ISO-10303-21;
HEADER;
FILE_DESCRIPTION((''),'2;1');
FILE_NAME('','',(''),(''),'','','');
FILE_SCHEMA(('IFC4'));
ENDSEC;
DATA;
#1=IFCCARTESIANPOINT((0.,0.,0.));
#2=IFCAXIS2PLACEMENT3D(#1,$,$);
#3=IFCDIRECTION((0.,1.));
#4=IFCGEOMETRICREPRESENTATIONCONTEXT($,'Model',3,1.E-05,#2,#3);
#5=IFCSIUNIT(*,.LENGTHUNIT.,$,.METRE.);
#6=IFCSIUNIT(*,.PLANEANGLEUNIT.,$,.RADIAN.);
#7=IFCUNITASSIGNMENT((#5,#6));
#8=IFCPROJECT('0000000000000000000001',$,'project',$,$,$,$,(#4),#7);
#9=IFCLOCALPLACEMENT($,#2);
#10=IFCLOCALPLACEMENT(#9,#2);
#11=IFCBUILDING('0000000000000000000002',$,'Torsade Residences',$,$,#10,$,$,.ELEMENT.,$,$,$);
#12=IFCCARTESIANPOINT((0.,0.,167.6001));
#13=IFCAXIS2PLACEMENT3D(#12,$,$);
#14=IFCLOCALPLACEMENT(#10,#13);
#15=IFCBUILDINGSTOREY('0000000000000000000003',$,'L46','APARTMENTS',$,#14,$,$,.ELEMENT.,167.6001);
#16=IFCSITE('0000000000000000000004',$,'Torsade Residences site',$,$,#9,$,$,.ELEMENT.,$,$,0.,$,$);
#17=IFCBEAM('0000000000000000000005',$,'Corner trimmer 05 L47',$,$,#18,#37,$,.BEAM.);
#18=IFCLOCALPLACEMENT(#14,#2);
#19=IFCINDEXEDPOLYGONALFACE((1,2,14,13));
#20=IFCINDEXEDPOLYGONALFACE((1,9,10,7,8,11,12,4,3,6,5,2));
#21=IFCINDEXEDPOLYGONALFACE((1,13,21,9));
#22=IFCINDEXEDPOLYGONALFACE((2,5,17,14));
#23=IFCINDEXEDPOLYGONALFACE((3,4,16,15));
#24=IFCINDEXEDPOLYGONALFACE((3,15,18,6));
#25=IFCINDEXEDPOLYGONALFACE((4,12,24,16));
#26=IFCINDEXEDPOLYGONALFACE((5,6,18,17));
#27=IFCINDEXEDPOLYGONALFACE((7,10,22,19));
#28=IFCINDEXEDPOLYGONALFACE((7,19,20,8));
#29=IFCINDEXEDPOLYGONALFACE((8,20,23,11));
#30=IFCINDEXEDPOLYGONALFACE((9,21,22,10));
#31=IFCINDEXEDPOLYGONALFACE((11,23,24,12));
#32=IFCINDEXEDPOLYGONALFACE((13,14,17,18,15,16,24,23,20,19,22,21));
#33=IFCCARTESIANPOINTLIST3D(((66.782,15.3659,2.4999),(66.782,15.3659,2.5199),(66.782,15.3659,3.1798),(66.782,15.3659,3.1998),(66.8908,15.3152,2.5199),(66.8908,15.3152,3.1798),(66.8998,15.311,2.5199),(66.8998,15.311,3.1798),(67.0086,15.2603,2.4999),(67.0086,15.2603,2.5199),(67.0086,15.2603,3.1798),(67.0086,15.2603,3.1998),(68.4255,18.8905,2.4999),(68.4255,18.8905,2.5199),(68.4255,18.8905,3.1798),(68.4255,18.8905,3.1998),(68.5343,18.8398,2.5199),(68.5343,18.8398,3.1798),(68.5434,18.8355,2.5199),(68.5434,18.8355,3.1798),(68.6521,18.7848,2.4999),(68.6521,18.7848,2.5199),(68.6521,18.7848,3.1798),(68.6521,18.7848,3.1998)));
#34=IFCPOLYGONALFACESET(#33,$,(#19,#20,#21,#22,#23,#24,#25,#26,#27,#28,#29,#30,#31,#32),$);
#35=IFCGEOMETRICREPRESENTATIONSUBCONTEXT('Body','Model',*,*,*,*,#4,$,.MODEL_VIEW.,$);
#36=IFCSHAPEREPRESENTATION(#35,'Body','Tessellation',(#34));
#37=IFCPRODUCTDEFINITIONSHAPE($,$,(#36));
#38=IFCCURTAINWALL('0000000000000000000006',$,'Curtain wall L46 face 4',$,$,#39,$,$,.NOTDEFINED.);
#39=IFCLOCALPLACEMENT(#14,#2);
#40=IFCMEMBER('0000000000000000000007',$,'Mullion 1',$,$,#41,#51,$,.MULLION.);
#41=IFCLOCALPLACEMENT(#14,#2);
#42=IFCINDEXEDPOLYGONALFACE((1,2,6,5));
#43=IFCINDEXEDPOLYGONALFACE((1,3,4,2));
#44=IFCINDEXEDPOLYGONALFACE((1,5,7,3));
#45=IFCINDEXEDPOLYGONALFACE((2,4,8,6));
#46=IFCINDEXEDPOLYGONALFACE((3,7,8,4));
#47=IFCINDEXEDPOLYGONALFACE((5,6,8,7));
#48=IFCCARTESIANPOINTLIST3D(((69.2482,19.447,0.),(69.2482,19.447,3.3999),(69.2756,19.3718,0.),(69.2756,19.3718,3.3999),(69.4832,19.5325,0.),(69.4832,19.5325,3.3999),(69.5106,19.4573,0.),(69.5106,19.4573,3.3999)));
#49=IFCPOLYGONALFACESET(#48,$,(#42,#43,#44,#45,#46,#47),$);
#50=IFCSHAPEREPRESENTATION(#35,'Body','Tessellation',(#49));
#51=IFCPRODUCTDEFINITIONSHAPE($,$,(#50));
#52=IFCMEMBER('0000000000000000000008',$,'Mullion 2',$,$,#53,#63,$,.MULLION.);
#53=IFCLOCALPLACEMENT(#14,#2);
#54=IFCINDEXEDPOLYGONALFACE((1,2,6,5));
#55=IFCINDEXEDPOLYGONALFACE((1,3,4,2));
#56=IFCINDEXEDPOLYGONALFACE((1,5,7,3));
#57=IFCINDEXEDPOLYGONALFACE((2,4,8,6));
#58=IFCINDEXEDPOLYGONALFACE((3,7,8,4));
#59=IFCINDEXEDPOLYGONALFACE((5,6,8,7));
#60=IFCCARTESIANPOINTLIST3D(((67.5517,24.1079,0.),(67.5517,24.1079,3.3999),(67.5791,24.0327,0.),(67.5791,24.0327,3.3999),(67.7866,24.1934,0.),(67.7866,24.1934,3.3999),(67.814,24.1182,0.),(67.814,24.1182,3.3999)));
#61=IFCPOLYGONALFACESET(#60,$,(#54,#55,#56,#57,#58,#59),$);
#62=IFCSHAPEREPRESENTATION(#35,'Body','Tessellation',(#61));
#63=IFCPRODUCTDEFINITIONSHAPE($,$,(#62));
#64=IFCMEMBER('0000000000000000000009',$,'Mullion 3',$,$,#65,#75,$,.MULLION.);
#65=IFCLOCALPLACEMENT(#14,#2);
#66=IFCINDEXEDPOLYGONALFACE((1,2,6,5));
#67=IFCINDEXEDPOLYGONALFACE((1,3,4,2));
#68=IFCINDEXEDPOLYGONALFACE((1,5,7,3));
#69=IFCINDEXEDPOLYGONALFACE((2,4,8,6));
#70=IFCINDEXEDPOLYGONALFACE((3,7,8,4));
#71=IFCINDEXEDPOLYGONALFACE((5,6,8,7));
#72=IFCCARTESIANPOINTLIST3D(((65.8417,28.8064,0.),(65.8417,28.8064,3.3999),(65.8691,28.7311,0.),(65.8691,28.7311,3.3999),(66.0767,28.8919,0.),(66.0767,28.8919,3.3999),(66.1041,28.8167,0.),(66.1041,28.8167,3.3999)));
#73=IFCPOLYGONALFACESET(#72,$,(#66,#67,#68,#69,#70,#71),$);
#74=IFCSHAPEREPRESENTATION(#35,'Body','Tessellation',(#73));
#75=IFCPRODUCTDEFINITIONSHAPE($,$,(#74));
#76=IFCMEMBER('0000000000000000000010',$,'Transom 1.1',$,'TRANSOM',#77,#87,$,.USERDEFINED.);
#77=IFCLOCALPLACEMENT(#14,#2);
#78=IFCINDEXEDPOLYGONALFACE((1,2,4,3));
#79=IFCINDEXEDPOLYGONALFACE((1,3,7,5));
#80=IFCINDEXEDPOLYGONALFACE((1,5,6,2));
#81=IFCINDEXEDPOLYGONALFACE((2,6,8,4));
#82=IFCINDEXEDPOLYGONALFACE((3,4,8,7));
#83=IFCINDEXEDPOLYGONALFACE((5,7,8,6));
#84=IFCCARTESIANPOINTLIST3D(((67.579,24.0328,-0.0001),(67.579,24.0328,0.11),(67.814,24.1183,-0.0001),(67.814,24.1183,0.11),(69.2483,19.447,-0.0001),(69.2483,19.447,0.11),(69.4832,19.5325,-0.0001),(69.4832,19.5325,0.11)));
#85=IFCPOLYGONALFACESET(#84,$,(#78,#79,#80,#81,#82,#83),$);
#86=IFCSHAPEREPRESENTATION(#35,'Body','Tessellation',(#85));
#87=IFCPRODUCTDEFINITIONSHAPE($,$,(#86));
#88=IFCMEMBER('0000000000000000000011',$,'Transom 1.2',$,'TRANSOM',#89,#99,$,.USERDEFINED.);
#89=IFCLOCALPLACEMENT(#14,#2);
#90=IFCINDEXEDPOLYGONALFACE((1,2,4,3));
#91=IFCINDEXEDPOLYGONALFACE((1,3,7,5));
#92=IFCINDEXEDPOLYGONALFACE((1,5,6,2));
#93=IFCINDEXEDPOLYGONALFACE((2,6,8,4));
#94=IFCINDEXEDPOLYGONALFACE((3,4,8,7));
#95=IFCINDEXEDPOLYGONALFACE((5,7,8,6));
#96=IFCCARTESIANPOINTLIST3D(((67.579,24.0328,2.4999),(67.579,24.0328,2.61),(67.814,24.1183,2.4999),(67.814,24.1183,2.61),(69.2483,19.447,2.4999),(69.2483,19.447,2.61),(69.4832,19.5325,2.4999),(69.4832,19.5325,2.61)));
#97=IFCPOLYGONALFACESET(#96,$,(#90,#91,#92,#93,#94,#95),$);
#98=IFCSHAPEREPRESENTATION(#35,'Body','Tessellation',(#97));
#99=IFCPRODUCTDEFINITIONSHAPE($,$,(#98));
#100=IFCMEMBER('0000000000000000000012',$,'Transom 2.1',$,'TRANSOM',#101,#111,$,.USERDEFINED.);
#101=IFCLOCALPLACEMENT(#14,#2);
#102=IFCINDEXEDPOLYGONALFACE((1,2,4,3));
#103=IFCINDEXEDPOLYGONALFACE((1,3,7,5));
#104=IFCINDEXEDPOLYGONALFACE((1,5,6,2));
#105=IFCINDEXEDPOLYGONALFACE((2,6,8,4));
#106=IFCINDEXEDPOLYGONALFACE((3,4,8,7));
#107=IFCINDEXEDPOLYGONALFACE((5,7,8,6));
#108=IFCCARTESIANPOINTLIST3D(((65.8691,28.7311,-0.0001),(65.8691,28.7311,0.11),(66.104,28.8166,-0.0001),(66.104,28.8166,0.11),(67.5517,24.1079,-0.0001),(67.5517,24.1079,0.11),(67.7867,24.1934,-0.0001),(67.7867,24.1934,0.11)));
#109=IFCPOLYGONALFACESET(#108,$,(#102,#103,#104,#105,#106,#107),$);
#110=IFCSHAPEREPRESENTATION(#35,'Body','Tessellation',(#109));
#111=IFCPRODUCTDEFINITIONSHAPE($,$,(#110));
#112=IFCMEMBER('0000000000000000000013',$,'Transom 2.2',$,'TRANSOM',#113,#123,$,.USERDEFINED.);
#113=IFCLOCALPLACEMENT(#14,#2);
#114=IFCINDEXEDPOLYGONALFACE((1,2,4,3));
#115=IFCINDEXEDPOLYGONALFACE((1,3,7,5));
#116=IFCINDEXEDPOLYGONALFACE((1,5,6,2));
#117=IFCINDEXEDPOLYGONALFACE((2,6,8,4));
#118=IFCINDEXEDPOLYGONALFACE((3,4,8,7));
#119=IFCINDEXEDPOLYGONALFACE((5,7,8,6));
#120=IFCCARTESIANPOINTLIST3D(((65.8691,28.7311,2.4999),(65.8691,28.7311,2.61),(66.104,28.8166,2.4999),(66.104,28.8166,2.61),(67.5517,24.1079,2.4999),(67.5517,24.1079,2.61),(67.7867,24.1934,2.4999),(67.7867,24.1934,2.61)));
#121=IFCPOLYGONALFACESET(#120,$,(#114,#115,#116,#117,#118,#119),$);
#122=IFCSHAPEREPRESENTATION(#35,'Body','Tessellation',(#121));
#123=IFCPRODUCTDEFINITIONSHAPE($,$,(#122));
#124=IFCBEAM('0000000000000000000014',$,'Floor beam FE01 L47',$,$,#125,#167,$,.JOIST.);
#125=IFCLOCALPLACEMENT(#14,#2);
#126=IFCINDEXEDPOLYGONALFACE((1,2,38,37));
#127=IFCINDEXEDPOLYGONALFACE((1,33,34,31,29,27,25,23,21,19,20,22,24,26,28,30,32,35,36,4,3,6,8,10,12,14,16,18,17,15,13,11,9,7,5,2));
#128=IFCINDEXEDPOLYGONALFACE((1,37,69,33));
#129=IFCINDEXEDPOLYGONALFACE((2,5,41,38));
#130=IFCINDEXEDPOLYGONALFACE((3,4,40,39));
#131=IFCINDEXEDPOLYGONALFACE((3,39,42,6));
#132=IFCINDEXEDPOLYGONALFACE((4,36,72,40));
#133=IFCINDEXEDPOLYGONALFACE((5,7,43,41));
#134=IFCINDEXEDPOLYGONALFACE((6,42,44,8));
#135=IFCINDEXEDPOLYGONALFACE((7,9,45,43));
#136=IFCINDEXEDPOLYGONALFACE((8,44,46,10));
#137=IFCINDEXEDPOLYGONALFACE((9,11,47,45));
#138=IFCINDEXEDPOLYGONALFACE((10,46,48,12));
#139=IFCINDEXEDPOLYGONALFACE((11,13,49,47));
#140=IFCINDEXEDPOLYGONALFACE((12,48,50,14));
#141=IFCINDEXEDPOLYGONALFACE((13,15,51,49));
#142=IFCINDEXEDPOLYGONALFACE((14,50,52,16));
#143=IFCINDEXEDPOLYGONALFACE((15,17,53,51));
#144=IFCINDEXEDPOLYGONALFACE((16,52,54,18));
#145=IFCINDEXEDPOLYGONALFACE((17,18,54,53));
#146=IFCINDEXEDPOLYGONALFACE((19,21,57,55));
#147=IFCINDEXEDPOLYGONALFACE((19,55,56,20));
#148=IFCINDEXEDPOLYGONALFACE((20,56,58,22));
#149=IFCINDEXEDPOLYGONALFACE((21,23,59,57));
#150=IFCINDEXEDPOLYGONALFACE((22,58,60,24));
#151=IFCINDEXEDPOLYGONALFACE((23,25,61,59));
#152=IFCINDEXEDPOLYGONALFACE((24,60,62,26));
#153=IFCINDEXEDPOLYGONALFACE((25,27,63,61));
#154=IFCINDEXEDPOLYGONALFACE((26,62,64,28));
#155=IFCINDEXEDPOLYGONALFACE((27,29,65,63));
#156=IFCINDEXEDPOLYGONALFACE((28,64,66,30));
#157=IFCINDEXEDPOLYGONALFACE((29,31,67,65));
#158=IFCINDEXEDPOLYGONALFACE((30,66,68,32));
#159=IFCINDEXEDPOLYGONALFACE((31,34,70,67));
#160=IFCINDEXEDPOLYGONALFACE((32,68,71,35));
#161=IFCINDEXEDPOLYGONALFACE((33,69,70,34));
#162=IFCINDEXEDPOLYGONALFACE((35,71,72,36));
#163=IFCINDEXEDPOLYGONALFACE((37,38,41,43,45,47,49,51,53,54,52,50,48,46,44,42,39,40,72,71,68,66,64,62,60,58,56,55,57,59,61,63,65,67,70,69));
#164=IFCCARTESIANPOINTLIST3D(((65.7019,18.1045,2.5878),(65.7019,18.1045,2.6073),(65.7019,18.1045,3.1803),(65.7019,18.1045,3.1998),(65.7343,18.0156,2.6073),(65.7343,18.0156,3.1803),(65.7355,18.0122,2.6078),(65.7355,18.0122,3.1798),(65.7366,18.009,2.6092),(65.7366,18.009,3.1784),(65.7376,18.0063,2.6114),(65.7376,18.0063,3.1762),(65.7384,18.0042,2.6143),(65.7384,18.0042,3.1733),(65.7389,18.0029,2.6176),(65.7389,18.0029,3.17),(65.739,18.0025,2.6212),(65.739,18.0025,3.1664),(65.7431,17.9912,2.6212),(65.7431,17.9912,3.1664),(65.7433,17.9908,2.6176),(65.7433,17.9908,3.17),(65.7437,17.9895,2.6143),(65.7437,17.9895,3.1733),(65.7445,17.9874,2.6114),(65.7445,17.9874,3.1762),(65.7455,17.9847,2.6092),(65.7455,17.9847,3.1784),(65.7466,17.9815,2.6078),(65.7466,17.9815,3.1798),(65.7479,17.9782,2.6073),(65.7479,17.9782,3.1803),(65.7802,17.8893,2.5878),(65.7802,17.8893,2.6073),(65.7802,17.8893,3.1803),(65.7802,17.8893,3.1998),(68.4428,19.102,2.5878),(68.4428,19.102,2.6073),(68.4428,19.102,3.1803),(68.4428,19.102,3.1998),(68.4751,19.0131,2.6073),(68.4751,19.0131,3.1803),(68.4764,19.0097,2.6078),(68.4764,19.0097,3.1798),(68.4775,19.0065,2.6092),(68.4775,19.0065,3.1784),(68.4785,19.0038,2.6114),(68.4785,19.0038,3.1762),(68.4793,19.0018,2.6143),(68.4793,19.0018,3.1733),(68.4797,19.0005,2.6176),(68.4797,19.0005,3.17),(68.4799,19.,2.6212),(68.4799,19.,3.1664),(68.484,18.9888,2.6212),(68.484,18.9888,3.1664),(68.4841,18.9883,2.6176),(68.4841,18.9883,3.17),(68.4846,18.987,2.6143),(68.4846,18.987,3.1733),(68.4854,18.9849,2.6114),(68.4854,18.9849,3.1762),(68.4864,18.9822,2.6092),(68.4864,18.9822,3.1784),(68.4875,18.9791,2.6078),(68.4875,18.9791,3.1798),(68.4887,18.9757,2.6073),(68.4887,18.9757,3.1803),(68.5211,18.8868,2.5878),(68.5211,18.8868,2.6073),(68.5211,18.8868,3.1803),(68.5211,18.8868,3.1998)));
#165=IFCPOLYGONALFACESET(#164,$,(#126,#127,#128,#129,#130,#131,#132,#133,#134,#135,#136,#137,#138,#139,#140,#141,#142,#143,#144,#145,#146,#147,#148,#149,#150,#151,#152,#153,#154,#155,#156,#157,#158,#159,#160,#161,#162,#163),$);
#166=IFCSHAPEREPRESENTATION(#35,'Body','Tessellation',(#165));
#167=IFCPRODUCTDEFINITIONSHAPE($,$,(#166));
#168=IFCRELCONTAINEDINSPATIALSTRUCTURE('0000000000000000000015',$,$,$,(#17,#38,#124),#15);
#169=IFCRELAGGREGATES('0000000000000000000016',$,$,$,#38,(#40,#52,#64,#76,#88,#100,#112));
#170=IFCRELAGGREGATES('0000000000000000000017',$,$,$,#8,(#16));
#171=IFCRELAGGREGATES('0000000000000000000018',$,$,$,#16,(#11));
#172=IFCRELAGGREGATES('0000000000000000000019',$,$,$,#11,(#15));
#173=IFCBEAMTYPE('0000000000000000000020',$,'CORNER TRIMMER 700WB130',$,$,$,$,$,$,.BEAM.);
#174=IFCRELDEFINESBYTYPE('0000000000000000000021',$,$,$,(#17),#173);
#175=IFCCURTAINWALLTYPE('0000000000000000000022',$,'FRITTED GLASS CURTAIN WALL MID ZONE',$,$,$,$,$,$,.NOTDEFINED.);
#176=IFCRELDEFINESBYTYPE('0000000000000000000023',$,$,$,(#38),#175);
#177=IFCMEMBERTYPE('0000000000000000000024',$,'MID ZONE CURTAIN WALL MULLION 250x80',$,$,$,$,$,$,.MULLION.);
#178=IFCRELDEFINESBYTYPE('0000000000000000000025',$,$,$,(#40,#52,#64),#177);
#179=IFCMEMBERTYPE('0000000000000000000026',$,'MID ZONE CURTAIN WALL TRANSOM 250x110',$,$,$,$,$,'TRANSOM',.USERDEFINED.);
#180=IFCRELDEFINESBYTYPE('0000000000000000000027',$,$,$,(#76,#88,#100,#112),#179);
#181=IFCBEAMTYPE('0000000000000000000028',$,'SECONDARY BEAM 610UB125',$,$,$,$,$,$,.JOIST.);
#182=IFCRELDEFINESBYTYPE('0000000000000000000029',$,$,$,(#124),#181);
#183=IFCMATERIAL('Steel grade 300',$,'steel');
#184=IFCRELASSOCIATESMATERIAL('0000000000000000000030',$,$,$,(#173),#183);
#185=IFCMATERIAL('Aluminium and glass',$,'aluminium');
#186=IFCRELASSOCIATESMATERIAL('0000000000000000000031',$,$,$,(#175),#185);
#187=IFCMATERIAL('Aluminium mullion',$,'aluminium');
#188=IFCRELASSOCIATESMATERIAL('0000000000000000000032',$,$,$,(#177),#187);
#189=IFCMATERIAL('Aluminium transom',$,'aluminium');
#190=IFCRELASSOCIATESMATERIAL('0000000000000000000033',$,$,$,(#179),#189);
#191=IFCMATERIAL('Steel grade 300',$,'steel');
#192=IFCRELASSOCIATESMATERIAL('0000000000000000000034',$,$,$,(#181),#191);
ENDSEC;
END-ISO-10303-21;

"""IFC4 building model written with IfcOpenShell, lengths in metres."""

from ifc_helpers import new_model, si_unit, direction, frame, origin, origin_2d, place, context, subcontext, project, spatial, rectangle, i_section, extrude, material, material_profile, profile_set, type_object, element, aggregate, save


model = new_model("IFC4")

# Units and contexts
model_context = context("Model", 3, precision=1e-05, world=origin(), true_north=direction((0.0, 1.0)))
body_context = subcontext(model_context, "Body", "Model", "MODEL_VIEW")
ifc_project = project(units=[si_unit("LENGTHUNIT", "METRE"), si_unit("PLANEANGLEUNIT", "RADIAN")], contexts=[model_context])

# Site, building, storey
site_placement = place(None, origin())
site = spatial("IfcSite", under=ifc_project, at=site_placement, Name="Torsade Residences site", CompositionType="ELEMENT", RefElevation=0.0)
building_placement = place(site_placement, origin())
building = spatial("IfcBuilding", under=site, at=building_placement, Name="Torsade Residences", CompositionType="ELEMENT")
storey_placement = place(building_placement, frame((0.0, 0.0, 167.6001)))
storey = spatial("IfcBuildingStorey", under=building, at=storey_placement, Name="L46", Description="APARTMENTS", CompositionType="ELEMENT", Elevation=167.6001)

# Beam
ifc_material_1 = material(Name="Steel grade 300", Category="steel")
ifc_material_profile_1 = material_profile(ifc_material_1, i_section(OverallWidth=0.25, OverallDepth=0.7, WebThickness=0.01, FlangeThickness=0.02, at=origin_2d()), Name="700WB130")
ifc_profile_set_1 = profile_set([ifc_material_profile_1], Name="Steel grade 300")
beam_type_1 = type_object("IfcBeamType", Name="CORNER TRIMMER 700WB130", PredefinedType="BEAM", material=ifc_profile_set_1)
beam_1_placement = place(storey_placement, frame((68.5388, 18.8376, 2.8499), z_axis=(-0.422614, -0.90631, 0.0), x_axis=(0.90631, -0.422614, 0.0)))
element("IfcBeam", 1, at=beam_1_placement, inside=storey, type_object=beam_type_1, Name="Corner trimmer 05 L47", PredefinedType="BEAM", context=body_context, shape_type="SweptSolid", body=[
    extrude(i_section(OverallWidth=0.25, OverallDepth=0.7, WebThickness=0.01, FlangeThickness=0.02, at=origin_2d()), origin(), (0.0, 0.0, 1.0), 3.8889),
])

# Curtain wall, members
ifc_material_2 = material(Name="Aluminium and glass", Category="aluminium")
curtain_wall_type = type_object("IfcCurtainWallType", Name="FRITTED GLASS CURTAIN WALL MID ZONE", PredefinedType="NOTDEFINED", material=ifc_material_2)
curtain_wall_placement = place(storey_placement, origin())
curtain_wall = element("IfcCurtainWall", 2, at=curtain_wall_placement, inside=storey, type_object=curtain_wall_type, Name="Curtain wall L46 face 4", PredefinedType="NOTDEFINED")
ifc_material_3 = material(Name="Aluminium mullion", Category="aluminium")
ifc_material_profile_2 = material_profile(ifc_material_3, rectangle(XDim=0.25, YDim=0.0801, at=origin_2d()), Name="MID ZONE CURTAIN WALL MULLION 250x80")
ifc_profile_set_2 = profile_set([ifc_material_profile_2], Name="Aluminium mullion")
member_type_1 = type_object("IfcMemberType", Name="MID ZONE CURTAIN WALL MULLION 250x80", PredefinedType="MULLION", material=ifc_profile_set_2)
member_1_placement = place(storey_placement, frame((69.3794, 19.4521, 0.0), z_axis=(0.0, 0.0, 1.0), x_axis=(-0.939693, -0.34202, 0.0)))
member_1 = element("IfcMember", 3, at=member_1_placement, type_object=member_type_1, Name="Mullion 1", PredefinedType="MULLION", context=body_context, shape_type="SweptSolid", body=[
    extrude(rectangle(XDim=0.25, YDim=0.0801, at=origin_2d()), origin(), (0.0, 0.0, 1.0), 3.3999),
])
member_2_placement = place(storey_placement, frame((67.6829, 24.113, 0.0), z_axis=(0.0, 0.0, 1.0), x_axis=(-0.939693, -0.34202, 0.0)))
member_2 = element("IfcMember", 4, at=member_2_placement, type_object=member_type_1, Name="Mullion 2", PredefinedType="MULLION", context=body_context, shape_type="SweptSolid", body=[
    extrude(rectangle(XDim=0.25, YDim=0.0801, at=origin_2d()), origin(), (0.0, 0.0, 1.0), 3.3999),
])
member_3_placement = place(storey_placement, frame((65.9729, 28.8115, 0.0), z_axis=(0.0, 0.0, 1.0), x_axis=(-0.939693, -0.34202, 0.0)))
member_3 = element("IfcMember", 5, at=member_3_placement, type_object=member_type_1, Name="Mullion 3", PredefinedType="MULLION", context=body_context, shape_type="SweptSolid", body=[
    extrude(rectangle(XDim=0.25, YDim=0.0801, at=origin_2d()), origin(), (0.0, 0.0, 1.0), 3.3999),
])
ifc_material_4 = material(Name="Aluminium transom", Category="aluminium")
ifc_material_profile_3 = material_profile(ifc_material_4, rectangle(XDim=0.25, YDim=0.1101, at=origin_2d()), Name="MID ZONE CURTAIN WALL TRANSOM 250x110")
ifc_profile_set_3 = profile_set([ifc_material_profile_3], Name="Aluminium transom")
member_type_2 = type_object("IfcMemberType", Name="MID ZONE CURTAIN WALL TRANSOM 250x110", ElementType="TRANSOM", PredefinedType="USERDEFINED", material=ifc_profile_set_3)
member_4_placement = place(storey_placement, frame((69.3657, 19.4897, 0.0549), z_axis=(-0.342044, 0.939684, 0.0), x_axis=(-0.939684, -0.342044, 0.0)))
member_4 = element("IfcMember", 6, at=member_4_placement, type_object=member_type_2, Name="Transom 1.1", ObjectType="TRANSOM", PredefinedType="USERDEFINED", context=body_context, shape_type="SweptSolid", body=[
    extrude(rectangle(XDim=0.25, YDim=0.1101, at=origin_2d()), origin(), (0.0, 0.0, 1.0), 4.8801),
])
member_5_placement = place(storey_placement, frame((69.3657, 19.4897, 2.5549), z_axis=(-0.342044, 0.939684, 0.0), x_axis=(-0.939684, -0.342044, 0.0)))
member_5 = element("IfcMember", 7, at=member_5_placement, type_object=member_type_2, Name="Transom 1.2", ObjectType="TRANSOM", PredefinedType="USERDEFINED", context=body_context, shape_type="SweptSolid", body=[
    extrude(rectangle(XDim=0.25, YDim=0.1101, at=origin_2d()), origin(), (0.0, 0.0, 1.0), 4.8801),
])
member_6_placement = place(storey_placement, frame((67.6692, 24.1506, 0.0549), z_axis=(-0.341998, 0.939701, 0.0), x_axis=(-0.939701, -0.341998, 0.0)))
member_6 = element("IfcMember", 8, at=member_6_placement, type_object=member_type_2, Name="Transom 2.1", ObjectType="TRANSOM", PredefinedType="USERDEFINED", context=body_context, shape_type="SweptSolid", body=[
    extrude(rectangle(XDim=0.25, YDim=0.1101, at=origin_2d()), origin(), (0.0, 0.0, 1.0), 4.9199),
])
member_7_placement = place(storey_placement, frame((67.6692, 24.1506, 2.5549), z_axis=(-0.341998, 0.939701, 0.0), x_axis=(-0.939701, -0.341998, 0.0)))
member_7 = element("IfcMember", 9, at=member_7_placement, type_object=member_type_2, Name="Transom 2.2", ObjectType="TRANSOM", PredefinedType="USERDEFINED", context=body_context, shape_type="SweptSolid", body=[
    extrude(rectangle(XDim=0.25, YDim=0.1101, at=origin_2d()), origin(), (0.0, 0.0, 1.0), 4.9199),
])

# Beam
ifc_material_5 = material(Name="Steel grade 300", Category="steel")
ifc_material_profile_4 = material_profile(ifc_material_5, i_section(OverallWidth=0.229, OverallDepth=0.6121, WebThickness=0.012, FlangeThickness=0.0195, FilletRadius=0.0139, at=origin_2d()), Name="610UB125")
ifc_profile_set_4 = profile_set([ifc_material_profile_4], Name="Steel grade 300")
beam_type_2 = type_object("IfcBeamType", Name="SECONDARY BEAM 610UB125", PredefinedType="JOIST", material=ifc_profile_set_4)
beam_2_placement = place(storey_placement, frame((68.4819, 18.9944, 2.8938), z_axis=(-0.939701, -0.341998, 0.0), x_axis=(0.341998, -0.939701, 0.0)))
element("IfcBeam", 10, at=beam_2_placement, inside=storey, type_object=beam_type_2, Name="Floor beam FE01 L47", PredefinedType="JOIST", context=body_context, shape_type="SweptSolid", body=[
    extrude(i_section(OverallWidth=0.229, OverallDepth=0.6121, WebThickness=0.012, FlangeThickness=0.0195, FilletRadius=0.0139, at=origin_2d()), origin(), (0.0, 0.0, 1.0), 2.9167),
])

aggregate(curtain_wall, [member_1, member_2, member_3, member_4, member_5, member_6, member_7])

save(model, "model.ifc")
